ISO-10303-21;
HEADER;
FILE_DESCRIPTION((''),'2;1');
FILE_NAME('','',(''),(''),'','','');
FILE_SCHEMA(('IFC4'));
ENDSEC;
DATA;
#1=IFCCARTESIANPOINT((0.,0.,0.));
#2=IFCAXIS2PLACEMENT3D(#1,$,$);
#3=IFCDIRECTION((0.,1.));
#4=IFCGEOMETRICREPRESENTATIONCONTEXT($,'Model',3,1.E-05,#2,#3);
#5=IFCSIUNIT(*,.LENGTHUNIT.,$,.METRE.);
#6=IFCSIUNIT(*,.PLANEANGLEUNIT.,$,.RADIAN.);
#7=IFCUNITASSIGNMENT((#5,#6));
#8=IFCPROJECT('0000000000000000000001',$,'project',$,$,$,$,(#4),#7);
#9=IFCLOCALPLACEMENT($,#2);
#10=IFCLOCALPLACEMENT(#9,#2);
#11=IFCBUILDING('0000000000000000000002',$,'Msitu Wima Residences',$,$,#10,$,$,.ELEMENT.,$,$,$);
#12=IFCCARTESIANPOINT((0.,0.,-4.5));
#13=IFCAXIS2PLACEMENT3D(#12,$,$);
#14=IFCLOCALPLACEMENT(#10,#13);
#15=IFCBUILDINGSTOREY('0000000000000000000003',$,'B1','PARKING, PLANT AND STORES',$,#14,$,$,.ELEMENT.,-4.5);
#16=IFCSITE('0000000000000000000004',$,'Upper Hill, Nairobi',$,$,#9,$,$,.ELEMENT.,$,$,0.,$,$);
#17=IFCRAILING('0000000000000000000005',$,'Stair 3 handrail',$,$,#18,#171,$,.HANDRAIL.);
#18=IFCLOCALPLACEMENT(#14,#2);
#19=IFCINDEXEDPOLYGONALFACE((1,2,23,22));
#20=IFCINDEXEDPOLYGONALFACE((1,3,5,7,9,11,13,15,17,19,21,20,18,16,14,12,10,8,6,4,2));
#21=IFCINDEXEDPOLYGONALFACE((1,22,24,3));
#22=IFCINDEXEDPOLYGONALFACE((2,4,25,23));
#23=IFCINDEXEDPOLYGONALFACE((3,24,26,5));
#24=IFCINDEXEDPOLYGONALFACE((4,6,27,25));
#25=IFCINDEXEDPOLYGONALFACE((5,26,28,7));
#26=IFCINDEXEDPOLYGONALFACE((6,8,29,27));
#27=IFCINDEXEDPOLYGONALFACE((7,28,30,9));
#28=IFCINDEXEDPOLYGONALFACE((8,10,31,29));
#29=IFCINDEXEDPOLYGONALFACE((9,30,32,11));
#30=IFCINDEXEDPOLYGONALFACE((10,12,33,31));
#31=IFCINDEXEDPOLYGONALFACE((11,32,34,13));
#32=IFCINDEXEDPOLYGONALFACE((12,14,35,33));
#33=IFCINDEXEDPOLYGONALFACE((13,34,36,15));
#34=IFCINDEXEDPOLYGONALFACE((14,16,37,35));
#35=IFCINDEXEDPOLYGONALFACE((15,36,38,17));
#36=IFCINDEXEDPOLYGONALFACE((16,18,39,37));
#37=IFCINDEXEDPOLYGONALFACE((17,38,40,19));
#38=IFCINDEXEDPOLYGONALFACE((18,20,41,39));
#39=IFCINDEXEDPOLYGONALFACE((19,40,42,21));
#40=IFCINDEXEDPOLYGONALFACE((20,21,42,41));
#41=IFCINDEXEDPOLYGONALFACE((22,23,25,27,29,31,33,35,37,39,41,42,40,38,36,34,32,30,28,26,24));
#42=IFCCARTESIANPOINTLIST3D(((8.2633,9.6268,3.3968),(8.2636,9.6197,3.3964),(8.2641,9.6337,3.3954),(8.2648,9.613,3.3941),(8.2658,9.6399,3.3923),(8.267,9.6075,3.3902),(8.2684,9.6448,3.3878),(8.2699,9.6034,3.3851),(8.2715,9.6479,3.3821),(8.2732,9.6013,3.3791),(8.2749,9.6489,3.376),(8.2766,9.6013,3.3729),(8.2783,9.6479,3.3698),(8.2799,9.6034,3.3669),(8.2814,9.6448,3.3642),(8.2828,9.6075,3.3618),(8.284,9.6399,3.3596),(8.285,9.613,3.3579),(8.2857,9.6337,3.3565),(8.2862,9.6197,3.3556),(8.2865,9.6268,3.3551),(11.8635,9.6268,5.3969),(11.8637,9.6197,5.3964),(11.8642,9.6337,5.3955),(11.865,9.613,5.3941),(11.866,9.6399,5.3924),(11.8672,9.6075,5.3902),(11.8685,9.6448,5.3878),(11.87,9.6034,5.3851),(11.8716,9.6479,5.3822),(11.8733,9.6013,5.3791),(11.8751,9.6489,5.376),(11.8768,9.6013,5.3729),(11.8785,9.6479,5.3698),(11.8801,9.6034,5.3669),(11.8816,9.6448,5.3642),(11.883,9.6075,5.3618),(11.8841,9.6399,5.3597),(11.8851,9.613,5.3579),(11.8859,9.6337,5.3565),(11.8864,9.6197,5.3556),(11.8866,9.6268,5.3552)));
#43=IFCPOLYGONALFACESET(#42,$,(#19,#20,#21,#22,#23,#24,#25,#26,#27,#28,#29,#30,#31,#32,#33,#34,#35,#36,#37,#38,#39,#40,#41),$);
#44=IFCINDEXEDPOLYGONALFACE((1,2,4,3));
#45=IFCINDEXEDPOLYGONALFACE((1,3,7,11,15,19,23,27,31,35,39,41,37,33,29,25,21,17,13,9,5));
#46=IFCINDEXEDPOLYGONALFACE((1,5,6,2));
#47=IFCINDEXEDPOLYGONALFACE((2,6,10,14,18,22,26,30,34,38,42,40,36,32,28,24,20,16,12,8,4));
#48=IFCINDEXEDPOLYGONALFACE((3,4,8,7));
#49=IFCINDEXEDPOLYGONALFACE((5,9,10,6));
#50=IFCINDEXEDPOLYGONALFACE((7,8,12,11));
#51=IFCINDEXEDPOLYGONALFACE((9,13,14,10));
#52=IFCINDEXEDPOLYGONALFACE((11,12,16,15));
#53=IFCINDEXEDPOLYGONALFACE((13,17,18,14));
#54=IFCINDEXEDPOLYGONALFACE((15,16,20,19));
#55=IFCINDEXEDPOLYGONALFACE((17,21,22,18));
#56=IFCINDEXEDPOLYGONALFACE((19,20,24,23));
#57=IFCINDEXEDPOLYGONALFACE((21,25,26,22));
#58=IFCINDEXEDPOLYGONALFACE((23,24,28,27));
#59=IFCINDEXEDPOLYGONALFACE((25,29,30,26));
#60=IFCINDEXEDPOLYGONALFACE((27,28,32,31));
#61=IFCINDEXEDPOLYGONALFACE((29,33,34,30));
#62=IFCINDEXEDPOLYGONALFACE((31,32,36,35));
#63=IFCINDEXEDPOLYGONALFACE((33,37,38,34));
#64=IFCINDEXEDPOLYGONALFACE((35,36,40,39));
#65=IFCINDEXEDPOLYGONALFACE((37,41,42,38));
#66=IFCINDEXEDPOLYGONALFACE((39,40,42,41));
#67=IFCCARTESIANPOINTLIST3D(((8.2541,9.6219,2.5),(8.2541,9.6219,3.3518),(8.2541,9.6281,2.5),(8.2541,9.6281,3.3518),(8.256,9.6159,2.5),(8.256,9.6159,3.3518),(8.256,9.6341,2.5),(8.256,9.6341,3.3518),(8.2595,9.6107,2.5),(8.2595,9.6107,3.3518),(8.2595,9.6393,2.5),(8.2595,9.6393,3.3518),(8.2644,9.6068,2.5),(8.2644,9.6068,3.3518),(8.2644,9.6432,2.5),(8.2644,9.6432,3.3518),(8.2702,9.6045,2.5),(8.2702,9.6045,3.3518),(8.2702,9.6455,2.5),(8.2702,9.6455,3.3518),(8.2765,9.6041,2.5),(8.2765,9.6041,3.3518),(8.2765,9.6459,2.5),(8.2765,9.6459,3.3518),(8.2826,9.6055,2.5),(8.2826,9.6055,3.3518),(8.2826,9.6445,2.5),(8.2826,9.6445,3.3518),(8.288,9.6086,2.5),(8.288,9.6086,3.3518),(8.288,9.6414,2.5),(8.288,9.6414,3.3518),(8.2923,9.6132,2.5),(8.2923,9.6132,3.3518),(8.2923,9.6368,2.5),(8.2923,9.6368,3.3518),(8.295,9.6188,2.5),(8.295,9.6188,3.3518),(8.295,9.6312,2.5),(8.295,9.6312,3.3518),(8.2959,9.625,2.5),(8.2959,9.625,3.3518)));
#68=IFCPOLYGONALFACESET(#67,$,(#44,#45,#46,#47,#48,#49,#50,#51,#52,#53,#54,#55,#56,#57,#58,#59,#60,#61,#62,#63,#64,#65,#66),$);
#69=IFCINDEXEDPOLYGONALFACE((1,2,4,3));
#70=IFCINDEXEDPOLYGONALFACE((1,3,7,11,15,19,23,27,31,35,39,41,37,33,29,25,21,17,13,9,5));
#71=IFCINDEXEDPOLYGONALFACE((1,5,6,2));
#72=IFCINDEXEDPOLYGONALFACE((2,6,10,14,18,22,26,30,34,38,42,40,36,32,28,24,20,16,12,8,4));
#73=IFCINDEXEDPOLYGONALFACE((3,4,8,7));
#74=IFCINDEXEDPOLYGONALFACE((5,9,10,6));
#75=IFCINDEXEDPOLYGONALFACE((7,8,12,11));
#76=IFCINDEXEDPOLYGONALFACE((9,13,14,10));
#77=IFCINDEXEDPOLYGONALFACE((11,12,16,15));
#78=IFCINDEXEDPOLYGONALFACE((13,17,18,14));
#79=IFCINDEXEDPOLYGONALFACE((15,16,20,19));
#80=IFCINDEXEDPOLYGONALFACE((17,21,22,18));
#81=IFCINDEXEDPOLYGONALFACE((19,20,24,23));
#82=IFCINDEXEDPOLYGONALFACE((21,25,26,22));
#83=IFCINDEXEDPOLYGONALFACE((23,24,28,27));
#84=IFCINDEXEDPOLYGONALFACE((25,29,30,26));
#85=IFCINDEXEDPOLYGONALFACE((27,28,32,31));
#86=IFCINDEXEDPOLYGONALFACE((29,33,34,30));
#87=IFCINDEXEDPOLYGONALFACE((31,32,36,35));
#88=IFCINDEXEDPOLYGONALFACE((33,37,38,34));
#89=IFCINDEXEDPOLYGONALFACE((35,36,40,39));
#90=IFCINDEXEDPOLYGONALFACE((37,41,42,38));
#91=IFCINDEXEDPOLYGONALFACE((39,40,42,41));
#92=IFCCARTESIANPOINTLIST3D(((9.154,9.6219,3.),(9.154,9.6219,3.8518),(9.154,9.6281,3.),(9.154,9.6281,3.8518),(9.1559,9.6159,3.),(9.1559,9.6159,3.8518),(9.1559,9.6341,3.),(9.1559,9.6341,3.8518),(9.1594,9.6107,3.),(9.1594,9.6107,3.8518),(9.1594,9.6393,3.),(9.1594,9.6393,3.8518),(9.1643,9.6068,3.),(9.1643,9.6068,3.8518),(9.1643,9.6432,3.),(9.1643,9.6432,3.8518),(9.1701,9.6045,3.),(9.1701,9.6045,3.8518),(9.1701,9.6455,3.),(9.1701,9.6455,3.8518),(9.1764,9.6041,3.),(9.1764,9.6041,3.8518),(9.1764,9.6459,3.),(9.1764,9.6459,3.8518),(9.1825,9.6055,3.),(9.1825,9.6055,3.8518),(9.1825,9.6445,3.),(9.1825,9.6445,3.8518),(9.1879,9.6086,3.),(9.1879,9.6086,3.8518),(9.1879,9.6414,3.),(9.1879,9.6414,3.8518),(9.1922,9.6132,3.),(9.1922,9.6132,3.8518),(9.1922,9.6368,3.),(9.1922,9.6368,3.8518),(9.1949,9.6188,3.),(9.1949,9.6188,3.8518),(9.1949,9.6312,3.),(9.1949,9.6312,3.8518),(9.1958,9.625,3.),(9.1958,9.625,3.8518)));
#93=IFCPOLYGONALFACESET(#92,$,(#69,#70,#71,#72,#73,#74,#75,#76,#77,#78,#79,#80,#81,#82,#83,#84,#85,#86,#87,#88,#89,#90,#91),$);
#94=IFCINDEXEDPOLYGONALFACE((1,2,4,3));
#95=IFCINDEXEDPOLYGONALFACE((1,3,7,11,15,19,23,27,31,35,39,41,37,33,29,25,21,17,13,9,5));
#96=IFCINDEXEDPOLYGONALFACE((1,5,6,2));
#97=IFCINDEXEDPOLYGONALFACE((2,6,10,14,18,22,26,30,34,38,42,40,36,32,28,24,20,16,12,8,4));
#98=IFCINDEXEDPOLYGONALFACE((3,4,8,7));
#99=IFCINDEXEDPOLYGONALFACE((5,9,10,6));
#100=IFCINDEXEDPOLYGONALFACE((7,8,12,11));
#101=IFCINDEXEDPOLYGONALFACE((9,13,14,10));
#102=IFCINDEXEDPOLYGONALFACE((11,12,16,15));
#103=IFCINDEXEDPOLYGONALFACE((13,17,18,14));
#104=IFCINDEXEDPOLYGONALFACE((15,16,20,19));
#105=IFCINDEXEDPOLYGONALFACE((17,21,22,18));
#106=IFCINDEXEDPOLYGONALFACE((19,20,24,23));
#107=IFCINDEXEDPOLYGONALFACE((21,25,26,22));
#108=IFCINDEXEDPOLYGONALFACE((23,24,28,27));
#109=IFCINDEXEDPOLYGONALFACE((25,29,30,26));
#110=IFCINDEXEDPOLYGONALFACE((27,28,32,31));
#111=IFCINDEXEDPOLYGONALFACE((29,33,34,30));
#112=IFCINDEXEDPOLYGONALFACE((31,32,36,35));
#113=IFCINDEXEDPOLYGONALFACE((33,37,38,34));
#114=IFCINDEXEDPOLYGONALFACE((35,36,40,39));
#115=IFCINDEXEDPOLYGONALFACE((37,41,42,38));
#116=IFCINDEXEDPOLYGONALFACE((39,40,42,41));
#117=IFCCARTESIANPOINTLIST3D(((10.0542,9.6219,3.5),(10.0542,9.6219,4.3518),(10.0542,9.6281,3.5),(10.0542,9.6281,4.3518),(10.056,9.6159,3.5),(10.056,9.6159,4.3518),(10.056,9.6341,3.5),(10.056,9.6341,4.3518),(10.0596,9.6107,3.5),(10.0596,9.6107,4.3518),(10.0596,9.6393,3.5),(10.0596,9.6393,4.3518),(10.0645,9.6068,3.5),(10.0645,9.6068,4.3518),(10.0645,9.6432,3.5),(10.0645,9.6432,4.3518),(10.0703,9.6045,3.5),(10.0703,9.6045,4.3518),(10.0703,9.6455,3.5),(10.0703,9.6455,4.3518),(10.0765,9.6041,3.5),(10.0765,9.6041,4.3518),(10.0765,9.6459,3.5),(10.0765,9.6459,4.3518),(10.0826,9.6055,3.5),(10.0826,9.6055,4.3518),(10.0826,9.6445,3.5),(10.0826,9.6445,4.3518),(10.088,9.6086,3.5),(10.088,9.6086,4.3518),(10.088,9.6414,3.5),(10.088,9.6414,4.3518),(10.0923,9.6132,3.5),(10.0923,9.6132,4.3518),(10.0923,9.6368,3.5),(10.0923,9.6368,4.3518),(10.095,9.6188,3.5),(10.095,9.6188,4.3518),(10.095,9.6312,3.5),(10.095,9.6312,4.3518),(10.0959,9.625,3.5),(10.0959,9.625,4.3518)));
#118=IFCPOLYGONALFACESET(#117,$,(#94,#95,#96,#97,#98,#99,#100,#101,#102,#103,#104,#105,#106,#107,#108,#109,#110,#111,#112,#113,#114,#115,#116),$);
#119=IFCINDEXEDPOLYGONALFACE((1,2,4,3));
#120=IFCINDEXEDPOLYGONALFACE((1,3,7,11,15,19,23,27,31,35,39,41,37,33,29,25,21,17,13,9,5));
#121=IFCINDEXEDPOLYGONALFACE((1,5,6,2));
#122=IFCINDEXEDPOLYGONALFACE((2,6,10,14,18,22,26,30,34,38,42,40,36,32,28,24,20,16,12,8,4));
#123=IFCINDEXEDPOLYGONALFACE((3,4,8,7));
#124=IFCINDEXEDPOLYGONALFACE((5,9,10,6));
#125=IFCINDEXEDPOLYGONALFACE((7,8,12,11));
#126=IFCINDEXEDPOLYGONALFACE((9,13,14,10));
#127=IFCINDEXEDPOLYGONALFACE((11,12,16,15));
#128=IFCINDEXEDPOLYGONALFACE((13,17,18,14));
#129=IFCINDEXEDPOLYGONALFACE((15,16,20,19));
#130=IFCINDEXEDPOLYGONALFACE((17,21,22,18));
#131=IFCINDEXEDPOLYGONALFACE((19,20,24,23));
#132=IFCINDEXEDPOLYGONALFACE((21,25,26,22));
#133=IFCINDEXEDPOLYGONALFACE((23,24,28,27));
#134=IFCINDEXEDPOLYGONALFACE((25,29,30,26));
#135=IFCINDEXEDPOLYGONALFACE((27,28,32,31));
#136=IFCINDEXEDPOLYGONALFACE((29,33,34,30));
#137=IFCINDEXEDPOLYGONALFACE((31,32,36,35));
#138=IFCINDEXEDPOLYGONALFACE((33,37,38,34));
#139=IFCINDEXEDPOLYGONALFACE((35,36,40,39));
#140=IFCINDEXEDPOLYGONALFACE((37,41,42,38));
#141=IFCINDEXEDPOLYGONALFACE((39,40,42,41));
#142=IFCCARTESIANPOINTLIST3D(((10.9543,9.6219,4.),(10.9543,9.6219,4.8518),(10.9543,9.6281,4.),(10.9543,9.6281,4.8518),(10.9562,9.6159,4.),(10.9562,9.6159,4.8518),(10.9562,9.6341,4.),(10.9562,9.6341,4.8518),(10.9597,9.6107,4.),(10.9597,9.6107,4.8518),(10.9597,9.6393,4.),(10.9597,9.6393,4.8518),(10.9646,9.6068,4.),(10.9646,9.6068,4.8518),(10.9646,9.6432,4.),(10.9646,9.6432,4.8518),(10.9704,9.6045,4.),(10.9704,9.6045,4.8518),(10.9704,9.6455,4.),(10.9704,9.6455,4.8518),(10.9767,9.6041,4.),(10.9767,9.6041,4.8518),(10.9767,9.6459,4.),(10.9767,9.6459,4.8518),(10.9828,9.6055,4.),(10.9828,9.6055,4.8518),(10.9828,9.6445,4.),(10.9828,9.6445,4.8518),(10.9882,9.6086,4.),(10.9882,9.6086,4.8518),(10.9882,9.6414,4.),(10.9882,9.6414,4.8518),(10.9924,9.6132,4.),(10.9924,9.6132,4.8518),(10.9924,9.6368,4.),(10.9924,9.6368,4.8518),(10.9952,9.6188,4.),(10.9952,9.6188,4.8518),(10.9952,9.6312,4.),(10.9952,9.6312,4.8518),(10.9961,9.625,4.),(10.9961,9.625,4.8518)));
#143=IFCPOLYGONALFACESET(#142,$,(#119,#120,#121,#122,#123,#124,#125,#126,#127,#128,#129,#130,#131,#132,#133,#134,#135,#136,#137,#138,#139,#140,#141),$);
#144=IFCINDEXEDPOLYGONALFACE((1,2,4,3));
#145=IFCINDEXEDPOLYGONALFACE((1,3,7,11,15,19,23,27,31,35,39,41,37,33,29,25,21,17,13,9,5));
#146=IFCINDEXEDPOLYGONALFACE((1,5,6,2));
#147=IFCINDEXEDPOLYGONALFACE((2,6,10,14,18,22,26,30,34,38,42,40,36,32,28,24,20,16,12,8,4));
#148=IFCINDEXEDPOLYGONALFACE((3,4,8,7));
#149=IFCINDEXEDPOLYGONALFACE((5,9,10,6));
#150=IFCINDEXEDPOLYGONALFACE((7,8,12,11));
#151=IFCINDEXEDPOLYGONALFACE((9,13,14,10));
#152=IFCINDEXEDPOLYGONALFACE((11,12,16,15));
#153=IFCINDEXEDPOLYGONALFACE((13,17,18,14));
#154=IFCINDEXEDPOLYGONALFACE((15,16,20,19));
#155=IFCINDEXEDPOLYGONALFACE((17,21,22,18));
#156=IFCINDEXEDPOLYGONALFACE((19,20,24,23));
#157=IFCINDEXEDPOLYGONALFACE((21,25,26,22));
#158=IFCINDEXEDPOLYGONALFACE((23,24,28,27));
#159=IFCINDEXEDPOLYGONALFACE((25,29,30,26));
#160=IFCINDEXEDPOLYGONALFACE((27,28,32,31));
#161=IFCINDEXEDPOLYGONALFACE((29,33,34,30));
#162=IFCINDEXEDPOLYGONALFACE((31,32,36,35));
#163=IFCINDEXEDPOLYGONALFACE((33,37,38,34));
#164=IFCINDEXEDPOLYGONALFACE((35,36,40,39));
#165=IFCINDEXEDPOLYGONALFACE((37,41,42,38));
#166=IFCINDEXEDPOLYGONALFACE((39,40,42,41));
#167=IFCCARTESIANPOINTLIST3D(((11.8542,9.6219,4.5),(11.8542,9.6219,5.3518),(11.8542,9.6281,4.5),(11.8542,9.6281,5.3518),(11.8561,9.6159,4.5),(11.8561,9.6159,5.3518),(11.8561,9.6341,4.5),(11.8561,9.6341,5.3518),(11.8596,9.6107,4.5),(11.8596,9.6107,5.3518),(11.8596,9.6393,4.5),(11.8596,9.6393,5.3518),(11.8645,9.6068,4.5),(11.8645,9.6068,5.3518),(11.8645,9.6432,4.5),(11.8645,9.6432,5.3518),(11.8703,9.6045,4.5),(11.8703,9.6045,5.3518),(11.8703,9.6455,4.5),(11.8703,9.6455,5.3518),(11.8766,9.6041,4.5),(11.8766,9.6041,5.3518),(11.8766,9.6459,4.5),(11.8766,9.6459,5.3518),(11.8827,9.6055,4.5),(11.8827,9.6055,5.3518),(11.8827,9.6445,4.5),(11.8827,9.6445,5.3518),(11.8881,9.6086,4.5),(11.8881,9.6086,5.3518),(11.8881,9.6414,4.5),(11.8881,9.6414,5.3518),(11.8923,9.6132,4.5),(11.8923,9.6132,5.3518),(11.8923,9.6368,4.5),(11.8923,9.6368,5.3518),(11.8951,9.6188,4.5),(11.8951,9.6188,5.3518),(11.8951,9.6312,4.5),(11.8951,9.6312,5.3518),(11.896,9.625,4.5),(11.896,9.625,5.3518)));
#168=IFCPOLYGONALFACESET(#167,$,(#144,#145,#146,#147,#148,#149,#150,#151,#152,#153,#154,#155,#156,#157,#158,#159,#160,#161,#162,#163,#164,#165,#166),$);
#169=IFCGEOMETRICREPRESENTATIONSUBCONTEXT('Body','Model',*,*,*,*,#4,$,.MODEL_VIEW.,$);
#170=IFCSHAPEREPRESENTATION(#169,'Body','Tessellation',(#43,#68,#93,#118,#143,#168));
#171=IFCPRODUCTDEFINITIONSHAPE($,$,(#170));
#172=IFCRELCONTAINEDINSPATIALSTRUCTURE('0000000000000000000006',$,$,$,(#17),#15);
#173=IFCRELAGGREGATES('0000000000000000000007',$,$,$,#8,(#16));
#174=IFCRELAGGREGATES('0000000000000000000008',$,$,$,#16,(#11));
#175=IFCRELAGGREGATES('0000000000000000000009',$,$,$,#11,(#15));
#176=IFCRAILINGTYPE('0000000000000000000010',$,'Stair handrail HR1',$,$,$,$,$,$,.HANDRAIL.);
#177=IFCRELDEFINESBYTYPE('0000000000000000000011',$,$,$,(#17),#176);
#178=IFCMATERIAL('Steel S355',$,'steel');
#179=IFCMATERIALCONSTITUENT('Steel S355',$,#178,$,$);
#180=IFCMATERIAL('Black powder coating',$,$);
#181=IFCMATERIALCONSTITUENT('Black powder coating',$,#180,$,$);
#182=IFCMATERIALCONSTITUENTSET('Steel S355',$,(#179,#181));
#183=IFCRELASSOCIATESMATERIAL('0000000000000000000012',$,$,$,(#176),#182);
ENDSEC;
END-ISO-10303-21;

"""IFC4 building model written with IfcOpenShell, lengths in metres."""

from ifc_helpers import new_model, si_unit, direction, frame, origin, origin_2d, place, context, subcontext, project, spatial, circle, extrude, material, constituent, constituent_set, type_object, element, save


model = new_model("IFC4")

# Units and contexts
model_context = context("Model", 3, precision=1e-05, world=origin(), true_north=direction((0.0, 1.0)))
body_context = subcontext(model_context, "Body", "Model", "MODEL_VIEW")
ifc_project = project(units=[si_unit("LENGTHUNIT", "METRE"), si_unit("PLANEANGLEUNIT", "RADIAN")], contexts=[model_context])

# Site, building, storey
site_placement = place(None, origin())
site = spatial("IfcSite", under=ifc_project, at=site_placement, Name="Upper Hill, Nairobi", CompositionType="ELEMENT", RefElevation=0.0)
building_placement = place(site_placement, origin())
building = spatial("IfcBuilding", under=site, at=building_placement, Name="Msitu Wima Residences", CompositionType="ELEMENT")
storey_placement = place(building_placement, frame((0.0, 0.0, -4.5)))
storey = spatial("IfcBuildingStorey", under=building, at=storey_placement, Name="B1", Description="PARKING, PLANT AND STORES", CompositionType="ELEMENT", Elevation=-4.5)

# Railing
ifc_material_1 = material(Name="Steel S355", Category="steel")
ifc_constituent_1 = constituent(ifc_material_1, Name="Steel S355")
ifc_material_2 = material(Name="Black powder coating")
ifc_constituent_2 = constituent(ifc_material_2, Name="Black powder coating")
ifc_constituent_set_1 = constituent_set(constituents=[ifc_constituent_1, ifc_constituent_2], Name="Steel S355")
railing_type_1 = type_object("IfcRailingType", Name="Stair handrail HR1", PredefinedType="HANDRAIL", material=ifc_constituent_set_1)
for number, where, name in (
    (1, (8.2749, 9.625, 2.5), "Stair 3 handrail"),
):
    element("IfcRailing", number, at=place(storey_placement, frame(where)), inside=storey, type_object=railing_type_1, Name=name, PredefinedType="HANDRAIL", context=body_context, shape_type="SweptSolid", body=[
        extrude(circle(Radius=0.0239, at=origin_2d()), frame((0.0, 0.0, 0.876), z_axis=(0.874163, 0.0, 0.485633), x_axis=(0.0, 1.0, 0.0)), (0.0, 0.0, 1.0), 4.1184),
        extrude(circle(Radius=0.021, at=origin_2d()), origin(), (0.0, 0.0, 1.0), 0.8518),
        extrude(circle(Radius=0.021, at=origin_2d()), frame((0.8999, 0.0, 0.5)), (0.0, 0.0, 1.0), 0.8518),
        extrude(circle(Radius=0.021, at=origin_2d()), frame((1.8, 0.0, 1.0)), (0.0, 0.0, 1.0), 0.8518),
        extrude(circle(Radius=0.021, at=origin_2d()), frame((2.7002, 0.0, 1.5)), (0.0, 0.0, 1.0), 0.8518),
        extrude(circle(Radius=0.021, at=origin_2d()), frame((3.6001, 0.0, 2.0)), (0.0, 0.0, 1.0), 0.8518),
    ])

save(model, "model.ifc")
